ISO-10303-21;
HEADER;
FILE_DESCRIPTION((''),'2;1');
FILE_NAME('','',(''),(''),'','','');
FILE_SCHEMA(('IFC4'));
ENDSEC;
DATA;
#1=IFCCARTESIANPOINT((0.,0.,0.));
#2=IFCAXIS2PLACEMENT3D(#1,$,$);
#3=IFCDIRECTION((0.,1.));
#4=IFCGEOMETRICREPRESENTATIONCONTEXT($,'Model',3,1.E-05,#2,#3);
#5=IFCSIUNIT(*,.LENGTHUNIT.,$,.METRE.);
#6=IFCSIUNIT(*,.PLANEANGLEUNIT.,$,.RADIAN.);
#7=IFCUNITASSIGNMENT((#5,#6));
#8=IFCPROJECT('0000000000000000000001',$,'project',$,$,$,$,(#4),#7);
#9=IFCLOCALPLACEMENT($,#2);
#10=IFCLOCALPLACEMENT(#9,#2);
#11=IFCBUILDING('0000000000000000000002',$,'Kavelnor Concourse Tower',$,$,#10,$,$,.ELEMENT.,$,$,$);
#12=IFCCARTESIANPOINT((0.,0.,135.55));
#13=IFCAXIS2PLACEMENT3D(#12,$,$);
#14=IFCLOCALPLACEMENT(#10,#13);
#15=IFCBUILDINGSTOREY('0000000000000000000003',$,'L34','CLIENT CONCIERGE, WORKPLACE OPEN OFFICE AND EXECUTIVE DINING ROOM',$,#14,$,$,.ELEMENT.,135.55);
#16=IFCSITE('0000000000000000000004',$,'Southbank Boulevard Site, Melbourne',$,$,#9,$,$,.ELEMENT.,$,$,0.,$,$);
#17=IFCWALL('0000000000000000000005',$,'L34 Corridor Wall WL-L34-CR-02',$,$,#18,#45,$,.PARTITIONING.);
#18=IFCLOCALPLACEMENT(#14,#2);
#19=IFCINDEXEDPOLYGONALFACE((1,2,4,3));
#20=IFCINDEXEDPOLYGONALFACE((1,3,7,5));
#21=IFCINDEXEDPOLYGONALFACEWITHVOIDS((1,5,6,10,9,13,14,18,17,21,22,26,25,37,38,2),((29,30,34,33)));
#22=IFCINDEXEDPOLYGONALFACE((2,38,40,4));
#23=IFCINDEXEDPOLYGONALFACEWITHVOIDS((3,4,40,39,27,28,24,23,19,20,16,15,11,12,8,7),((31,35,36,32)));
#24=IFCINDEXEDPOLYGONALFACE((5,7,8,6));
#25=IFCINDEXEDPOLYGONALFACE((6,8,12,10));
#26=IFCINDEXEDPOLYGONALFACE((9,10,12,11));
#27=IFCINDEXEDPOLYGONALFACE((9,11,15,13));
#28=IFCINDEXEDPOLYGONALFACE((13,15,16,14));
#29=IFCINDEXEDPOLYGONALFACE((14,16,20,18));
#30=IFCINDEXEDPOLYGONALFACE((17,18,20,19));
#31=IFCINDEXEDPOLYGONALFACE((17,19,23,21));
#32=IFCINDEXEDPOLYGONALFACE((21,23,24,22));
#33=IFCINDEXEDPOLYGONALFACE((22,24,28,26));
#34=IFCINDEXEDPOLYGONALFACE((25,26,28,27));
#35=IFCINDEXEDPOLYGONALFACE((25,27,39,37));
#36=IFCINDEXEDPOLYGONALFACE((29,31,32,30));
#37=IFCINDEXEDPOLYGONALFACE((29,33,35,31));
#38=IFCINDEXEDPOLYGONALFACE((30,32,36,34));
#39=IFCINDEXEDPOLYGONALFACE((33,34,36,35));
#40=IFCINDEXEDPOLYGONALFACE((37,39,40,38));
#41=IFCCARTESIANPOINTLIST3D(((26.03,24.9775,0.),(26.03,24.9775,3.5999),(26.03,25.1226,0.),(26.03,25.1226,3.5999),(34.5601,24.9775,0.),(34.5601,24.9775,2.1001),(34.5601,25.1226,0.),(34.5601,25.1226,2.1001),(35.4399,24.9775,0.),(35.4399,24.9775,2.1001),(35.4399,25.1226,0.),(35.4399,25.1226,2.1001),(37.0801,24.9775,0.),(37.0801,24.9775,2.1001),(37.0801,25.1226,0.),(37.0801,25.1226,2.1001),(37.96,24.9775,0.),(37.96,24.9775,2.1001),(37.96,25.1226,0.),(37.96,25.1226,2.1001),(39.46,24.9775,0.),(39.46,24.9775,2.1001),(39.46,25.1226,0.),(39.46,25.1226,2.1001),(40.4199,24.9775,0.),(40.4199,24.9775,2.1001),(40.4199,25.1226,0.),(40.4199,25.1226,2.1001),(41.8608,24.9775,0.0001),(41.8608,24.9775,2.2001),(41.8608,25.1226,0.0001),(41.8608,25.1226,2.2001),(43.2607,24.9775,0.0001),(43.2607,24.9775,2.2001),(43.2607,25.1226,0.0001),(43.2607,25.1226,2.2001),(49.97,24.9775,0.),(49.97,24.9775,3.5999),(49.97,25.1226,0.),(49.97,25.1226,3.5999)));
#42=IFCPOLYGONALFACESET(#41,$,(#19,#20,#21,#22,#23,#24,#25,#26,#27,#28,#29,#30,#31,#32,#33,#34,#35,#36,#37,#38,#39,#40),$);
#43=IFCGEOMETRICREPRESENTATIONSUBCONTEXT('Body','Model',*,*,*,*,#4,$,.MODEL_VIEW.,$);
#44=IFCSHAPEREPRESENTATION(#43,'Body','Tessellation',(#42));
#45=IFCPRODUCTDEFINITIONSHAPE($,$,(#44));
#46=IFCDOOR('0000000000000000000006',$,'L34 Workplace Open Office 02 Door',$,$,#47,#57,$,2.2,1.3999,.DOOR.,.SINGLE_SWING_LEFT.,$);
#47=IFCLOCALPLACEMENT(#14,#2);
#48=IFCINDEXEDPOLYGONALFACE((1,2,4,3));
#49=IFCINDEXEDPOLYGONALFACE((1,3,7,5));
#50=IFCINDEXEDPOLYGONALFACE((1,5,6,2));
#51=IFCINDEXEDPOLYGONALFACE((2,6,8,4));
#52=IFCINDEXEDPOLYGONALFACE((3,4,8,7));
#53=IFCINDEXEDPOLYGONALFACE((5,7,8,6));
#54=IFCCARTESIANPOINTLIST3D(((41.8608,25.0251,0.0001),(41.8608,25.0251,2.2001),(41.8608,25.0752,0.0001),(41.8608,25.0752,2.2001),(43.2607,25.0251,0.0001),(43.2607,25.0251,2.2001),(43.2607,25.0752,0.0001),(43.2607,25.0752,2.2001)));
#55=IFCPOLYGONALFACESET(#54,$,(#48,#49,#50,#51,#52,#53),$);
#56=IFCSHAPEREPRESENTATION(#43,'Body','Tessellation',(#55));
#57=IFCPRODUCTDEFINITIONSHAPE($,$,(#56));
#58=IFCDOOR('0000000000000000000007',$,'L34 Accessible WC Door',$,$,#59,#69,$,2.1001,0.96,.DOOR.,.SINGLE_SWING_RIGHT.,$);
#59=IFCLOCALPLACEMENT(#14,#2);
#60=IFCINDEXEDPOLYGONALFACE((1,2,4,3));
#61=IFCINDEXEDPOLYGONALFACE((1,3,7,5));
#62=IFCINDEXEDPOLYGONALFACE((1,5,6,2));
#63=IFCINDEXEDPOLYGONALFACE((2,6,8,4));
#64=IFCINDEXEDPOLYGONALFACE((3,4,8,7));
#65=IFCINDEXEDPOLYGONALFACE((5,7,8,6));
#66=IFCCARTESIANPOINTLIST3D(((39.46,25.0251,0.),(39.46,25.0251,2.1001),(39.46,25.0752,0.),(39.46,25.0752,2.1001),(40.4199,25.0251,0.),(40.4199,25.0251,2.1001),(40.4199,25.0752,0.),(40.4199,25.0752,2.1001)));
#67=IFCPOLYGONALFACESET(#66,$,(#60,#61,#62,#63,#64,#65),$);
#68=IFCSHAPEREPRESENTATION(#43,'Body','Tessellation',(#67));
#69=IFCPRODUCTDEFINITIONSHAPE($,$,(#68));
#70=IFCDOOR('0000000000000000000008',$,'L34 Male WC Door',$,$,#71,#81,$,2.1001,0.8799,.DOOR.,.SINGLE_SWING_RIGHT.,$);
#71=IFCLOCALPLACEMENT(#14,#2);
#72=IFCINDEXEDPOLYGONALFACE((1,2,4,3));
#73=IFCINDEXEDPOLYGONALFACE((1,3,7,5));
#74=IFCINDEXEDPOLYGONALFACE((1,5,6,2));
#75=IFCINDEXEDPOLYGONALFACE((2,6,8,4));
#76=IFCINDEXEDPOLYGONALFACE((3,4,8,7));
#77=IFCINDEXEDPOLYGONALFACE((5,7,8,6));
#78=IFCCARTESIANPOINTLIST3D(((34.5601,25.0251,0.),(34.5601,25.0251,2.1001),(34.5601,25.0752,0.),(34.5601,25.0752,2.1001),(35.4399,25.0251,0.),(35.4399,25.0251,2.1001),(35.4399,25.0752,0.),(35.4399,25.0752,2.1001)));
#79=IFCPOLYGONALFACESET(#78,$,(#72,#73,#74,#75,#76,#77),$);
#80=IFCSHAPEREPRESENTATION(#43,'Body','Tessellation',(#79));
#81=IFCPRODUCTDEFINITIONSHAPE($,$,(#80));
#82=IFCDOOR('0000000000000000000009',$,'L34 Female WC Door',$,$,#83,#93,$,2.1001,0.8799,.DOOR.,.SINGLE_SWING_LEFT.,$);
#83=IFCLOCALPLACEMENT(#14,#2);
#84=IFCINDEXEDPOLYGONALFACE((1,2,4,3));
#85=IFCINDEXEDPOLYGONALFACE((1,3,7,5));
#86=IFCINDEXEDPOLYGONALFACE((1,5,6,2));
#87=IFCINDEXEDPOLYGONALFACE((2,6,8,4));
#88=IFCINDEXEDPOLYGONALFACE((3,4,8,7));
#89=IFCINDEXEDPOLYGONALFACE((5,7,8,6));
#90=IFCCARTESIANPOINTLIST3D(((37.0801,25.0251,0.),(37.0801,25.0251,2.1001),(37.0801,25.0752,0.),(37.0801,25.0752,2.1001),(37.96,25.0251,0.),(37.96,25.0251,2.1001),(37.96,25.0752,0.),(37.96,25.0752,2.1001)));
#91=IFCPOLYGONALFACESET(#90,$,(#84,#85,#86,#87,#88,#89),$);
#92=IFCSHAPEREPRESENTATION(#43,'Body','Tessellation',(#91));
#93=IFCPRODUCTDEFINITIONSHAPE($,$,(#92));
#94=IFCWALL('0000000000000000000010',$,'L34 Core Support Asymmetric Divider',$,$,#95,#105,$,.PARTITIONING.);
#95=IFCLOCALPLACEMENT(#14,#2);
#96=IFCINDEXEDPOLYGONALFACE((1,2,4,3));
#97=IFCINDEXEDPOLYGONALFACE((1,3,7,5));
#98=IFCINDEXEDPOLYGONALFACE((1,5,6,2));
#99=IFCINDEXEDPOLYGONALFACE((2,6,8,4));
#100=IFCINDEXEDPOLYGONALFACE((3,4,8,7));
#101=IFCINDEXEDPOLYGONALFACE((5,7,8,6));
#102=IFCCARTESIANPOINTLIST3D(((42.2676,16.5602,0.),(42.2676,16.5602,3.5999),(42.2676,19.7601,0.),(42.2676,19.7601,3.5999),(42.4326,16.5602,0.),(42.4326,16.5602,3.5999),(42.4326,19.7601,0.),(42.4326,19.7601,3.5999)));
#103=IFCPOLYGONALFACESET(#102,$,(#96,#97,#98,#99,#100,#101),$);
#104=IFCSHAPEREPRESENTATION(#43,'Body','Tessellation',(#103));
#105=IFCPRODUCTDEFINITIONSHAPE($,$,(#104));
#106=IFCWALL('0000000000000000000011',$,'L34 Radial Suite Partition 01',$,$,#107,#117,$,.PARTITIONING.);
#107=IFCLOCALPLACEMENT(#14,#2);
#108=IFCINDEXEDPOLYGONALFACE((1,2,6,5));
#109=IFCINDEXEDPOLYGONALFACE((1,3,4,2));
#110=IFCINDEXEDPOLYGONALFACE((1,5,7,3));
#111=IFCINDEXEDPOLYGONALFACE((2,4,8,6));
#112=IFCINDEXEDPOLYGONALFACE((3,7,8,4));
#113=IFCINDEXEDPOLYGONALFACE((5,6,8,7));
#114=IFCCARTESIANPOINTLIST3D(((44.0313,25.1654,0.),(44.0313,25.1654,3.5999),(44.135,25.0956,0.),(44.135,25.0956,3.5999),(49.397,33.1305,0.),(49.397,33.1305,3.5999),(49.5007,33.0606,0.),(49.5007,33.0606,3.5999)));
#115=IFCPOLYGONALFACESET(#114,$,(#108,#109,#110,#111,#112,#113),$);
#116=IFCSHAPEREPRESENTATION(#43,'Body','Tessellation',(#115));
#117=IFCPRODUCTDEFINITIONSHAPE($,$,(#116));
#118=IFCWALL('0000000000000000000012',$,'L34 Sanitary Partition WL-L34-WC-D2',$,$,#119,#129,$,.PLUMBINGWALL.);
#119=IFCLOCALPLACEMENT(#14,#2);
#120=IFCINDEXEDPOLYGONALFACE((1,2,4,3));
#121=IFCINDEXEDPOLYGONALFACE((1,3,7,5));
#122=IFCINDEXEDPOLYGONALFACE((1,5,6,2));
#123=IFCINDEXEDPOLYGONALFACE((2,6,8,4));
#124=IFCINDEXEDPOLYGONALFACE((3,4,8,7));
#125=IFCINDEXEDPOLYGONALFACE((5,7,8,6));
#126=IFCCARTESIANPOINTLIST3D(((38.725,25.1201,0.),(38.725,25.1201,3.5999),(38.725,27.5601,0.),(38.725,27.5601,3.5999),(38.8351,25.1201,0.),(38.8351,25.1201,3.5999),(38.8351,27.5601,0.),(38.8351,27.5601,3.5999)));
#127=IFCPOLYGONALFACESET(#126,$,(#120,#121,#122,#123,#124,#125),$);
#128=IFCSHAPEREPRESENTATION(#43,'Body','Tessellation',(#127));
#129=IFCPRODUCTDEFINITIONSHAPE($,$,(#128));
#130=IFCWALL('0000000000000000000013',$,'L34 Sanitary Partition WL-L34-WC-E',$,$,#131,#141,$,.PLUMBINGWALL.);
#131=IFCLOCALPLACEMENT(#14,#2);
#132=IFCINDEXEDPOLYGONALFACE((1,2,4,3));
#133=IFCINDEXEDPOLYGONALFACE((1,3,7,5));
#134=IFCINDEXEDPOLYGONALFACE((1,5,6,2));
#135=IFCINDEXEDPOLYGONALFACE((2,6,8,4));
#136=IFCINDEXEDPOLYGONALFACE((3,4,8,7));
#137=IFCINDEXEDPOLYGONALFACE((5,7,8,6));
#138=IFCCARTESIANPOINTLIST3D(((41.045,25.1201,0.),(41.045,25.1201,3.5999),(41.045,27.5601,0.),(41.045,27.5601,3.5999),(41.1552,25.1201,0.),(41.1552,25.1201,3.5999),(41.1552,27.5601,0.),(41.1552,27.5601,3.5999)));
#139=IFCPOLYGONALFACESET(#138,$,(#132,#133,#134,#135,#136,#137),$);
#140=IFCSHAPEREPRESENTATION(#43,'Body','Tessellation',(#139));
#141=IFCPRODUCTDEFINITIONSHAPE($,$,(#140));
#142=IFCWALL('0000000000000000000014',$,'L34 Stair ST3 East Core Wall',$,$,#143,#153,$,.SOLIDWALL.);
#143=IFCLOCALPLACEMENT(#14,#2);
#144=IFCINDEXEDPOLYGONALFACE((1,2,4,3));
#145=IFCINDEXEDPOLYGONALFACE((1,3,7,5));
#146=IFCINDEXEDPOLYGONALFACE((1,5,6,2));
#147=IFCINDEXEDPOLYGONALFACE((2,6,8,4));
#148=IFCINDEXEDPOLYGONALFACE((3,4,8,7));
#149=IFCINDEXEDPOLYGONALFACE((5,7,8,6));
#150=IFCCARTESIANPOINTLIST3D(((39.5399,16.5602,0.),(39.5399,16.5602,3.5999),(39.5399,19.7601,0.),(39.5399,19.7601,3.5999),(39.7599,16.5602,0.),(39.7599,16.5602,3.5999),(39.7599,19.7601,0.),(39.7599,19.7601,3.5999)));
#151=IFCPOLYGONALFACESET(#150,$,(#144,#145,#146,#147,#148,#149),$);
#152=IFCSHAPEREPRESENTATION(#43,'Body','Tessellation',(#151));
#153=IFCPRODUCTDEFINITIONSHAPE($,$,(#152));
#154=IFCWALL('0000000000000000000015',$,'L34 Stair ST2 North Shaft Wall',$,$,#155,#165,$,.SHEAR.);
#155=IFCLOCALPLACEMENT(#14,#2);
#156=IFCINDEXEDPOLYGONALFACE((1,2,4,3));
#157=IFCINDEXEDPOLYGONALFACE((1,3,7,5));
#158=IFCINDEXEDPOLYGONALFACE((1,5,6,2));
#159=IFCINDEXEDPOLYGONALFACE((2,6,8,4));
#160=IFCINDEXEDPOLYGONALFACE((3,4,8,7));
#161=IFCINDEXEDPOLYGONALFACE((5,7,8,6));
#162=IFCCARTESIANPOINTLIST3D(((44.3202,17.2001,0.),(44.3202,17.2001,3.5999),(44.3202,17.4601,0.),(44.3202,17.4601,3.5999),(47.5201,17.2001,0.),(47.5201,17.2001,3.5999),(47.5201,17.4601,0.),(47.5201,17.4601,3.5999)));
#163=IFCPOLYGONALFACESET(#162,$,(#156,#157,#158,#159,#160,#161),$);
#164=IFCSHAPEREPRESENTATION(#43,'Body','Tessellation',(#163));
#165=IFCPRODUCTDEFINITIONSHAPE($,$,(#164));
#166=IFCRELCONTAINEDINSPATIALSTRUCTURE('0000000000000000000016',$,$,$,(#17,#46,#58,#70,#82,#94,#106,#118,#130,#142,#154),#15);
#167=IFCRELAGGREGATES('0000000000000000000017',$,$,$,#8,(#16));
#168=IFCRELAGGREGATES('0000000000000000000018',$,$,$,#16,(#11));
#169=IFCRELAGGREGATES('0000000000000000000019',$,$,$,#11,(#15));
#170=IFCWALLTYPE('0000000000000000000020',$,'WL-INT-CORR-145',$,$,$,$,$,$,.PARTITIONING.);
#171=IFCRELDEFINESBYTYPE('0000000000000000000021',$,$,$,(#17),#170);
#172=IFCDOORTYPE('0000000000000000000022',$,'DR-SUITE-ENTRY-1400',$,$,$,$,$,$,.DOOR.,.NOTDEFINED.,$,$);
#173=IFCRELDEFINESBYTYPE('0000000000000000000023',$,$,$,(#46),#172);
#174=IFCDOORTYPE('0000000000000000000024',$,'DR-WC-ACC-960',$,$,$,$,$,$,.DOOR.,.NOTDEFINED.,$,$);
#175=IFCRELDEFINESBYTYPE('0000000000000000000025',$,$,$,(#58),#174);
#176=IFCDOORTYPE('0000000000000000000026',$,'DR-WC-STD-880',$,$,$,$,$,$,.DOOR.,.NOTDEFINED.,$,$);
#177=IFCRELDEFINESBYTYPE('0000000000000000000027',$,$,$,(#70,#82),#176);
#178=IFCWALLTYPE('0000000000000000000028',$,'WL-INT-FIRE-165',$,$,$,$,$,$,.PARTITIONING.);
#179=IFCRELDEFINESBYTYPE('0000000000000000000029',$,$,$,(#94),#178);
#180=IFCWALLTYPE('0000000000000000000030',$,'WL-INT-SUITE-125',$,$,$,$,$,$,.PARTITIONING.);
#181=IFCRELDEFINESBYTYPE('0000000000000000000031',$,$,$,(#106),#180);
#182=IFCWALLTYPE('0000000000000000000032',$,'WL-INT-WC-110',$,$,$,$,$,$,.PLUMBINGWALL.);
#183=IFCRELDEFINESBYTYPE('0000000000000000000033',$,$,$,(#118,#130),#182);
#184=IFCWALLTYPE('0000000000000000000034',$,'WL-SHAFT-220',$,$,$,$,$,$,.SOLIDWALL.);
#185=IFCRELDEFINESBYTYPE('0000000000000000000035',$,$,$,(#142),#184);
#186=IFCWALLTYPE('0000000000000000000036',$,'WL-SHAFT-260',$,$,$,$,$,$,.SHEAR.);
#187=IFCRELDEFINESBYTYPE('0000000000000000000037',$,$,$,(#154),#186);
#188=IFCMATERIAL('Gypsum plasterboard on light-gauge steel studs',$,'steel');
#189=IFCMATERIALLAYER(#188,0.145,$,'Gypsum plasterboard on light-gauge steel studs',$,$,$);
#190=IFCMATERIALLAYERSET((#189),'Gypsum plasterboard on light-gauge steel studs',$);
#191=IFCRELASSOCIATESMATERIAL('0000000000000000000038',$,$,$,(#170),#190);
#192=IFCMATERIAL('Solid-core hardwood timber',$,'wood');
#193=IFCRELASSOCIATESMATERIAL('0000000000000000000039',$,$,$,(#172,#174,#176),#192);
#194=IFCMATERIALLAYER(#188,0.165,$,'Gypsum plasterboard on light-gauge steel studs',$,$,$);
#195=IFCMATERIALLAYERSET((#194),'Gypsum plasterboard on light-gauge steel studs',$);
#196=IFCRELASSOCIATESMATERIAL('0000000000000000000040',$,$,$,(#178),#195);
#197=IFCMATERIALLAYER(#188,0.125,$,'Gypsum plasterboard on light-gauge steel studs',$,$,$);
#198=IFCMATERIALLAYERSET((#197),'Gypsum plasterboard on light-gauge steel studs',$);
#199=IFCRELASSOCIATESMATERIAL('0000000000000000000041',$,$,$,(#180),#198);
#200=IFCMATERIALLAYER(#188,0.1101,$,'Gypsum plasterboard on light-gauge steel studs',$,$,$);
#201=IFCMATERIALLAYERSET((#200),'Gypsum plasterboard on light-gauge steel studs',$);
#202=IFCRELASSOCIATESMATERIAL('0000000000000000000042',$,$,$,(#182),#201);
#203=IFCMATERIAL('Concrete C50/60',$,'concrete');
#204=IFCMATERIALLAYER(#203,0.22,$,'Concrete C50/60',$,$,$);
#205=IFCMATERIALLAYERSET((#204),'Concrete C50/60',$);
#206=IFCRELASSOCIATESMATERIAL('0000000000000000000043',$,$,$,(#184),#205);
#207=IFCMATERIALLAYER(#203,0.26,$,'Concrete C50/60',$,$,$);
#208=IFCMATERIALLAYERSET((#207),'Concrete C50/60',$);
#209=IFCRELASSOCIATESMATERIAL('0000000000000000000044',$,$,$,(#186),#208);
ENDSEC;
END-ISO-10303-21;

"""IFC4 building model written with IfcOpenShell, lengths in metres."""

from ifc_helpers import new_model, si_unit, direction, frame, frame_2d, origin, place, context, subcontext, project, spatial, rectangle, extrude, material, layer, layer_set, type_object, element, fill, save


model = new_model("IFC4")

# Units and contexts
model_context = context("Model", 3, precision=1e-05, world=origin(), true_north=direction((0.0, 1.0)))
body_context = subcontext(model_context, "Body", "Model", "MODEL_VIEW")
ifc_project = project(units=[si_unit("LENGTHUNIT", "METRE"), si_unit("PLANEANGLEUNIT", "RADIAN")], contexts=[model_context])

# Site, building, storey
site_placement = place(None, origin())
site = spatial("IfcSite", under=ifc_project, at=site_placement, Name="Southbank Boulevard Site, Melbourne", CompositionType="ELEMENT", RefElevation=0.0)
building_placement = place(site_placement, origin())
building = spatial("IfcBuilding", under=site, at=building_placement, Name="Kavelnor Concourse Tower", CompositionType="ELEMENT")
storey_placement = place(building_placement, frame((0.0, 0.0, 135.55)))
storey = spatial("IfcBuildingStorey", under=building, at=storey_placement, Name="L34", Description="CLIENT CONCIERGE, WORKPLACE OPEN OFFICE AND EXECUTIVE DINING ROOM", CompositionType="ELEMENT", Elevation=135.55)

# Wall, openings, doors
ifc_material_1 = material(Name="Gypsum plasterboard on light-gauge steel studs", Category="steel")
ifc_layer_1 = layer(ifc_material_1, 0.145, Name="Gypsum plasterboard on light-gauge steel studs")
ifc_layer_set_1 = layer_set([ifc_layer_1], Name="Gypsum plasterboard on light-gauge steel studs")
wall_type_1 = type_object("IfcWallType", Name="WL-INT-CORR-145", PredefinedType="PARTITIONING", material=ifc_layer_set_1)
wall_1_placement = place(storey_placement, frame((49.97, 25.05, 0.0), z_axis=(0.0, 0.0, 1.0), x_axis=(-1.0, 0.0, 0.0)))
wall_1 = element("IfcWall", 1, at=wall_1_placement, inside=storey, type_object=wall_type_1, Name="L34 Corridor Wall WL-L34-CR-02", PredefinedType="PARTITIONING", context=body_context, shape_type="SweptSolid", body=[
    extrude(rectangle(XDim=23.9399, YDim=0.145, at=frame_2d((11.97, 0.0))), origin(), (0.0, 0.0, 1.0), 3.5999),
])
opening_1_placement = place(wall_1_placement, frame((14.53, 0.0, 0.0)))
opening_1 = element("IfcOpeningElement", 2, at=opening_1_placement, cuts=wall_1, PredefinedType="OPENING", context=body_context, shape_type="SweptSolid", body=[
    extrude(rectangle(XDim=0.8799, YDim=2.1001, at=frame_2d((0.4399, 1.05))), frame((0.0, 0.0825, 0.0), z_axis=(0.0, -1.0, 0.0), x_axis=(1.0, 0.0, 0.0)), (0.0, 0.0, 1.0), 0.165),
])
opening_2_placement = place(wall_1_placement, frame((12.01, 0.0, 0.0)))
opening_2 = element("IfcOpeningElement", 3, at=opening_2_placement, cuts=wall_1, PredefinedType="OPENING", context=body_context, shape_type="SweptSolid", body=[
    extrude(rectangle(XDim=0.8799, YDim=2.1001, at=frame_2d((0.4399, 1.05))), frame((0.0, 0.0825, 0.0), z_axis=(0.0, -1.0, 0.0), x_axis=(1.0, 0.0, 0.0)), (0.0, 0.0, 1.0), 0.165),
])
opening_3_placement = place(wall_1_placement, frame((9.55, 0.0, 0.0)))
opening_3 = element("IfcOpeningElement", 4, at=opening_3_placement, cuts=wall_1, PredefinedType="OPENING", context=body_context, shape_type="SweptSolid", body=[
    extrude(rectangle(XDim=0.96, YDim=2.1001, at=frame_2d((0.48, 1.05))), frame((0.0, 0.0825, 0.0), z_axis=(0.0, -1.0, 0.0), x_axis=(1.0, 0.0, 0.0)), (0.0, 0.0, 1.0), 0.165),
])
opening_4_placement = place(wall_1_placement, frame((6.7092, 0.0, 0.0)))
opening_4 = element("IfcOpeningElement", 5, at=opening_4_placement, cuts=wall_1, PredefinedType="OPENING", context=body_context, shape_type="SweptSolid", body=[
    extrude(rectangle(XDim=1.3999, YDim=2.2, at=frame_2d((0.7, 1.1001))), frame((0.0, 0.0825, 0.0), z_axis=(0.0, -1.0, 0.0), x_axis=(1.0, 0.0, 0.0)), (0.0, 0.0, 1.0), 0.165),
])
ifc_material_2 = material(Name="Solid-core hardwood timber", Category="wood")
door_type_1 = type_object("IfcDoorType", Name="DR-SUITE-ENTRY-1400", OperationType="NOTDEFINED", PredefinedType="DOOR", material=ifc_material_2)
door_1_placement = place(opening_4_placement, origin())
door_1 = element("IfcDoor", 6, at=door_1_placement, inside=storey, type_object=door_type_1, Name="L34 Workplace Open Office 02 Door", OperationType="SINGLE_SWING_LEFT", OverallHeight=2.2, OverallWidth=1.3999, PredefinedType="DOOR", context=body_context, shape_type="SweptSolid", body=[
    extrude(rectangle(XDim=1.3999, YDim=2.2, at=frame_2d((0.7, 1.1001))), frame((0.0, 0.0249, 0.0), z_axis=(0.0, -1.0, 0.0), x_axis=(1.0, 0.0, 0.0)), (0.0, 0.0, 1.0), 0.05),
])
fill(opening_4, door_1)
door_type_2 = type_object("IfcDoorType", Name="DR-WC-ACC-960", OperationType="NOTDEFINED", PredefinedType="DOOR", material=ifc_material_2)
door_2_placement = place(opening_3_placement, origin())
door_2 = element("IfcDoor", 7, at=door_2_placement, inside=storey, type_object=door_type_2, Name="L34 Accessible WC Door", OperationType="SINGLE_SWING_RIGHT", OverallHeight=2.1001, OverallWidth=0.96, PredefinedType="DOOR", context=body_context, shape_type="SweptSolid", body=[
    extrude(rectangle(XDim=0.96, YDim=2.1001, at=frame_2d((0.48, 1.05))), frame((0.0, 0.0249, 0.0), z_axis=(0.0, -1.0, 0.0), x_axis=(1.0, 0.0, 0.0)), (0.0, 0.0, 1.0), 0.05),
])
fill(opening_3, door_2)
door_type_3 = type_object("IfcDoorType", Name="DR-WC-STD-880", OperationType="NOTDEFINED", PredefinedType="DOOR", material=ifc_material_2)
door_3_placement = place(opening_1_placement, origin())
door_3 = element("IfcDoor", 8, at=door_3_placement, inside=storey, type_object=door_type_3, Name="L34 Male WC Door", OperationType="SINGLE_SWING_RIGHT", OverallHeight=2.1001, OverallWidth=0.8799, PredefinedType="DOOR", context=body_context, shape_type="SweptSolid", body=[
    extrude(rectangle(XDim=0.8799, YDim=2.1001, at=frame_2d((0.4399, 1.05))), frame((0.0, 0.0249, 0.0), z_axis=(0.0, -1.0, 0.0), x_axis=(1.0, 0.0, 0.0)), (0.0, 0.0, 1.0), 0.05),
])
fill(opening_1, door_3)
door_4_placement = place(opening_2_placement, origin())
door_4 = element("IfcDoor", 9, at=door_4_placement, inside=storey, type_object=door_type_3, Name="L34 Female WC Door", OperationType="SINGLE_SWING_LEFT", OverallHeight=2.1001, OverallWidth=0.8799, PredefinedType="DOOR", context=body_context, shape_type="SweptSolid", body=[
    extrude(rectangle(XDim=0.8799, YDim=2.1001, at=frame_2d((0.4399, 1.05))), frame((0.0, 0.0249, 0.0), z_axis=(0.0, -1.0, 0.0), x_axis=(1.0, 0.0, 0.0)), (0.0, 0.0, 1.0), 0.05),
])
fill(opening_2, door_4)

# Walls
ifc_layer_2 = layer(ifc_material_1, 0.165, Name="Gypsum plasterboard on light-gauge steel studs")
ifc_layer_set_2 = layer_set([ifc_layer_2], Name="Gypsum plasterboard on light-gauge steel studs")
wall_type_2 = type_object("IfcWallType", Name="WL-INT-FIRE-165", PredefinedType="PARTITIONING", material=ifc_layer_set_2)
wall_2_placement = place(storey_placement, frame((42.3501, 16.5601, 0.0), z_axis=(0.0, 0.0, 1.0), x_axis=(0.0, 1.0, 0.0)))
element("IfcWall", 10, at=wall_2_placement, inside=storey, type_object=wall_type_2, Name="L34 Core Support Asymmetric Divider", PredefinedType="PARTITIONING", context=body_context, shape_type="SweptSolid", body=[
    extrude(rectangle(XDim=3.2, YDim=0.165, at=frame_2d((1.6001, 0.0))), origin(), (0.0, 0.0, 1.0), 3.5999),
])
ifc_layer_3 = layer(ifc_material_1, 0.125, Name="Gypsum plasterboard on light-gauge steel studs")
ifc_layer_set_3 = layer_set([ifc_layer_3], Name="Gypsum plasterboard on light-gauge steel studs")
wall_type_3 = type_object("IfcWallType", Name="WL-INT-SUITE-125", PredefinedType="PARTITIONING", material=ifc_layer_set_3)
wall_3_placement = place(storey_placement, frame((44.0833, 25.1306, 0.0), z_axis=(0.0, 0.0, 1.0), x_axis=(0.558706, 0.829366, 0.0)))
element("IfcWall", 11, at=wall_3_placement, inside=storey, type_object=wall_type_3, Name="L34 Radial Suite Partition 01", PredefinedType="PARTITIONING", context=body_context, shape_type="SweptSolid", body=[
    extrude(rectangle(XDim=9.6038, YDim=0.125, at=frame_2d((4.8018, 0.0))), origin(), (0.0, 0.0, 1.0), 3.5999),
])
ifc_layer_4 = layer(ifc_material_1, 0.1101, Name="Gypsum plasterboard on light-gauge steel studs")
ifc_layer_set_4 = layer_set([ifc_layer_4], Name="Gypsum plasterboard on light-gauge steel studs")
wall_type_4 = type_object("IfcWallType", Name="WL-INT-WC-110", PredefinedType="PLUMBINGWALL", material=ifc_layer_set_4)
for number, where, z_axis, x_axis, name in (
    (12, (38.78, 25.1201, 0.0), (0.0, 0.0, 1.0), (0.0, 1.0, 0.0), "L34 Sanitary Partition WL-L34-WC-D2"),
    (13, (41.1001, 25.1201, 0.0), (0.0, 0.0, 1.0), (0.0, 1.0, 0.0), "L34 Sanitary Partition WL-L34-WC-E"),
):
    element("IfcWall", number, at=place(storey_placement, frame(where, z_axis=z_axis, x_axis=x_axis)), inside=storey, type_object=wall_type_4, Name=name, PredefinedType="PLUMBINGWALL", context=body_context, shape_type="SweptSolid", body=[
        extrude(rectangle(XDim=2.4399, YDim=0.1101, at=frame_2d((1.22, 0.0))), origin(), (0.0, 0.0, 1.0), 3.5999),
    ])
ifc_material_3 = material(Name="Concrete C50/60", Category="concrete")
ifc_layer_5 = layer(ifc_material_3, 0.22, Name="Concrete C50/60")
ifc_layer_set_5 = layer_set([ifc_layer_5], Name="Concrete C50/60")
wall_type_5 = type_object("IfcWallType", Name="WL-SHAFT-220", PredefinedType="SOLIDWALL", material=ifc_layer_set_5)
wall_4_placement = place(storey_placement, frame((39.6499, 16.5601, 0.0), z_axis=(0.0, 0.0, 1.0), x_axis=(0.0, 1.0, 0.0)))
element("IfcWall", 14, at=wall_4_placement, inside=storey, type_object=wall_type_5, Name="L34 Stair ST3 East Core Wall", PredefinedType="SOLIDWALL", context=body_context, shape_type="SweptSolid", body=[
    extrude(rectangle(XDim=3.2, YDim=0.22, at=frame_2d((1.6001, 0.0))), origin(), (0.0, 0.0, 1.0), 3.5999),
])
ifc_layer_6 = layer(ifc_material_3, 0.26, Name="Concrete C50/60")
ifc_layer_set_6 = layer_set([ifc_layer_6], Name="Concrete C50/60")
wall_type_6 = type_object("IfcWallType", Name="WL-SHAFT-260", PredefinedType="SHEAR", material=ifc_layer_set_6)
for number, where, z_axis, x_axis, name in (
    (15, (44.3201, 17.3301, 0.0), (0.0, 0.0, 1.0), (1.0, 0.0, 0.0), "L34 Stair ST2 North Shaft Wall"),
):
    element("IfcWall", number, at=place(storey_placement, frame(where, z_axis=z_axis, x_axis=x_axis)), inside=storey, type_object=wall_type_6, Name=name, PredefinedType="SHEAR", context=body_context, shape_type="SweptSolid", body=[
        extrude(rectangle(XDim=3.2, YDim=0.26, at=frame_2d((1.6001, 0.0))), origin(), (0.0, 0.0, 1.0), 3.5999),
    ])

save(model, "model.ifc")
